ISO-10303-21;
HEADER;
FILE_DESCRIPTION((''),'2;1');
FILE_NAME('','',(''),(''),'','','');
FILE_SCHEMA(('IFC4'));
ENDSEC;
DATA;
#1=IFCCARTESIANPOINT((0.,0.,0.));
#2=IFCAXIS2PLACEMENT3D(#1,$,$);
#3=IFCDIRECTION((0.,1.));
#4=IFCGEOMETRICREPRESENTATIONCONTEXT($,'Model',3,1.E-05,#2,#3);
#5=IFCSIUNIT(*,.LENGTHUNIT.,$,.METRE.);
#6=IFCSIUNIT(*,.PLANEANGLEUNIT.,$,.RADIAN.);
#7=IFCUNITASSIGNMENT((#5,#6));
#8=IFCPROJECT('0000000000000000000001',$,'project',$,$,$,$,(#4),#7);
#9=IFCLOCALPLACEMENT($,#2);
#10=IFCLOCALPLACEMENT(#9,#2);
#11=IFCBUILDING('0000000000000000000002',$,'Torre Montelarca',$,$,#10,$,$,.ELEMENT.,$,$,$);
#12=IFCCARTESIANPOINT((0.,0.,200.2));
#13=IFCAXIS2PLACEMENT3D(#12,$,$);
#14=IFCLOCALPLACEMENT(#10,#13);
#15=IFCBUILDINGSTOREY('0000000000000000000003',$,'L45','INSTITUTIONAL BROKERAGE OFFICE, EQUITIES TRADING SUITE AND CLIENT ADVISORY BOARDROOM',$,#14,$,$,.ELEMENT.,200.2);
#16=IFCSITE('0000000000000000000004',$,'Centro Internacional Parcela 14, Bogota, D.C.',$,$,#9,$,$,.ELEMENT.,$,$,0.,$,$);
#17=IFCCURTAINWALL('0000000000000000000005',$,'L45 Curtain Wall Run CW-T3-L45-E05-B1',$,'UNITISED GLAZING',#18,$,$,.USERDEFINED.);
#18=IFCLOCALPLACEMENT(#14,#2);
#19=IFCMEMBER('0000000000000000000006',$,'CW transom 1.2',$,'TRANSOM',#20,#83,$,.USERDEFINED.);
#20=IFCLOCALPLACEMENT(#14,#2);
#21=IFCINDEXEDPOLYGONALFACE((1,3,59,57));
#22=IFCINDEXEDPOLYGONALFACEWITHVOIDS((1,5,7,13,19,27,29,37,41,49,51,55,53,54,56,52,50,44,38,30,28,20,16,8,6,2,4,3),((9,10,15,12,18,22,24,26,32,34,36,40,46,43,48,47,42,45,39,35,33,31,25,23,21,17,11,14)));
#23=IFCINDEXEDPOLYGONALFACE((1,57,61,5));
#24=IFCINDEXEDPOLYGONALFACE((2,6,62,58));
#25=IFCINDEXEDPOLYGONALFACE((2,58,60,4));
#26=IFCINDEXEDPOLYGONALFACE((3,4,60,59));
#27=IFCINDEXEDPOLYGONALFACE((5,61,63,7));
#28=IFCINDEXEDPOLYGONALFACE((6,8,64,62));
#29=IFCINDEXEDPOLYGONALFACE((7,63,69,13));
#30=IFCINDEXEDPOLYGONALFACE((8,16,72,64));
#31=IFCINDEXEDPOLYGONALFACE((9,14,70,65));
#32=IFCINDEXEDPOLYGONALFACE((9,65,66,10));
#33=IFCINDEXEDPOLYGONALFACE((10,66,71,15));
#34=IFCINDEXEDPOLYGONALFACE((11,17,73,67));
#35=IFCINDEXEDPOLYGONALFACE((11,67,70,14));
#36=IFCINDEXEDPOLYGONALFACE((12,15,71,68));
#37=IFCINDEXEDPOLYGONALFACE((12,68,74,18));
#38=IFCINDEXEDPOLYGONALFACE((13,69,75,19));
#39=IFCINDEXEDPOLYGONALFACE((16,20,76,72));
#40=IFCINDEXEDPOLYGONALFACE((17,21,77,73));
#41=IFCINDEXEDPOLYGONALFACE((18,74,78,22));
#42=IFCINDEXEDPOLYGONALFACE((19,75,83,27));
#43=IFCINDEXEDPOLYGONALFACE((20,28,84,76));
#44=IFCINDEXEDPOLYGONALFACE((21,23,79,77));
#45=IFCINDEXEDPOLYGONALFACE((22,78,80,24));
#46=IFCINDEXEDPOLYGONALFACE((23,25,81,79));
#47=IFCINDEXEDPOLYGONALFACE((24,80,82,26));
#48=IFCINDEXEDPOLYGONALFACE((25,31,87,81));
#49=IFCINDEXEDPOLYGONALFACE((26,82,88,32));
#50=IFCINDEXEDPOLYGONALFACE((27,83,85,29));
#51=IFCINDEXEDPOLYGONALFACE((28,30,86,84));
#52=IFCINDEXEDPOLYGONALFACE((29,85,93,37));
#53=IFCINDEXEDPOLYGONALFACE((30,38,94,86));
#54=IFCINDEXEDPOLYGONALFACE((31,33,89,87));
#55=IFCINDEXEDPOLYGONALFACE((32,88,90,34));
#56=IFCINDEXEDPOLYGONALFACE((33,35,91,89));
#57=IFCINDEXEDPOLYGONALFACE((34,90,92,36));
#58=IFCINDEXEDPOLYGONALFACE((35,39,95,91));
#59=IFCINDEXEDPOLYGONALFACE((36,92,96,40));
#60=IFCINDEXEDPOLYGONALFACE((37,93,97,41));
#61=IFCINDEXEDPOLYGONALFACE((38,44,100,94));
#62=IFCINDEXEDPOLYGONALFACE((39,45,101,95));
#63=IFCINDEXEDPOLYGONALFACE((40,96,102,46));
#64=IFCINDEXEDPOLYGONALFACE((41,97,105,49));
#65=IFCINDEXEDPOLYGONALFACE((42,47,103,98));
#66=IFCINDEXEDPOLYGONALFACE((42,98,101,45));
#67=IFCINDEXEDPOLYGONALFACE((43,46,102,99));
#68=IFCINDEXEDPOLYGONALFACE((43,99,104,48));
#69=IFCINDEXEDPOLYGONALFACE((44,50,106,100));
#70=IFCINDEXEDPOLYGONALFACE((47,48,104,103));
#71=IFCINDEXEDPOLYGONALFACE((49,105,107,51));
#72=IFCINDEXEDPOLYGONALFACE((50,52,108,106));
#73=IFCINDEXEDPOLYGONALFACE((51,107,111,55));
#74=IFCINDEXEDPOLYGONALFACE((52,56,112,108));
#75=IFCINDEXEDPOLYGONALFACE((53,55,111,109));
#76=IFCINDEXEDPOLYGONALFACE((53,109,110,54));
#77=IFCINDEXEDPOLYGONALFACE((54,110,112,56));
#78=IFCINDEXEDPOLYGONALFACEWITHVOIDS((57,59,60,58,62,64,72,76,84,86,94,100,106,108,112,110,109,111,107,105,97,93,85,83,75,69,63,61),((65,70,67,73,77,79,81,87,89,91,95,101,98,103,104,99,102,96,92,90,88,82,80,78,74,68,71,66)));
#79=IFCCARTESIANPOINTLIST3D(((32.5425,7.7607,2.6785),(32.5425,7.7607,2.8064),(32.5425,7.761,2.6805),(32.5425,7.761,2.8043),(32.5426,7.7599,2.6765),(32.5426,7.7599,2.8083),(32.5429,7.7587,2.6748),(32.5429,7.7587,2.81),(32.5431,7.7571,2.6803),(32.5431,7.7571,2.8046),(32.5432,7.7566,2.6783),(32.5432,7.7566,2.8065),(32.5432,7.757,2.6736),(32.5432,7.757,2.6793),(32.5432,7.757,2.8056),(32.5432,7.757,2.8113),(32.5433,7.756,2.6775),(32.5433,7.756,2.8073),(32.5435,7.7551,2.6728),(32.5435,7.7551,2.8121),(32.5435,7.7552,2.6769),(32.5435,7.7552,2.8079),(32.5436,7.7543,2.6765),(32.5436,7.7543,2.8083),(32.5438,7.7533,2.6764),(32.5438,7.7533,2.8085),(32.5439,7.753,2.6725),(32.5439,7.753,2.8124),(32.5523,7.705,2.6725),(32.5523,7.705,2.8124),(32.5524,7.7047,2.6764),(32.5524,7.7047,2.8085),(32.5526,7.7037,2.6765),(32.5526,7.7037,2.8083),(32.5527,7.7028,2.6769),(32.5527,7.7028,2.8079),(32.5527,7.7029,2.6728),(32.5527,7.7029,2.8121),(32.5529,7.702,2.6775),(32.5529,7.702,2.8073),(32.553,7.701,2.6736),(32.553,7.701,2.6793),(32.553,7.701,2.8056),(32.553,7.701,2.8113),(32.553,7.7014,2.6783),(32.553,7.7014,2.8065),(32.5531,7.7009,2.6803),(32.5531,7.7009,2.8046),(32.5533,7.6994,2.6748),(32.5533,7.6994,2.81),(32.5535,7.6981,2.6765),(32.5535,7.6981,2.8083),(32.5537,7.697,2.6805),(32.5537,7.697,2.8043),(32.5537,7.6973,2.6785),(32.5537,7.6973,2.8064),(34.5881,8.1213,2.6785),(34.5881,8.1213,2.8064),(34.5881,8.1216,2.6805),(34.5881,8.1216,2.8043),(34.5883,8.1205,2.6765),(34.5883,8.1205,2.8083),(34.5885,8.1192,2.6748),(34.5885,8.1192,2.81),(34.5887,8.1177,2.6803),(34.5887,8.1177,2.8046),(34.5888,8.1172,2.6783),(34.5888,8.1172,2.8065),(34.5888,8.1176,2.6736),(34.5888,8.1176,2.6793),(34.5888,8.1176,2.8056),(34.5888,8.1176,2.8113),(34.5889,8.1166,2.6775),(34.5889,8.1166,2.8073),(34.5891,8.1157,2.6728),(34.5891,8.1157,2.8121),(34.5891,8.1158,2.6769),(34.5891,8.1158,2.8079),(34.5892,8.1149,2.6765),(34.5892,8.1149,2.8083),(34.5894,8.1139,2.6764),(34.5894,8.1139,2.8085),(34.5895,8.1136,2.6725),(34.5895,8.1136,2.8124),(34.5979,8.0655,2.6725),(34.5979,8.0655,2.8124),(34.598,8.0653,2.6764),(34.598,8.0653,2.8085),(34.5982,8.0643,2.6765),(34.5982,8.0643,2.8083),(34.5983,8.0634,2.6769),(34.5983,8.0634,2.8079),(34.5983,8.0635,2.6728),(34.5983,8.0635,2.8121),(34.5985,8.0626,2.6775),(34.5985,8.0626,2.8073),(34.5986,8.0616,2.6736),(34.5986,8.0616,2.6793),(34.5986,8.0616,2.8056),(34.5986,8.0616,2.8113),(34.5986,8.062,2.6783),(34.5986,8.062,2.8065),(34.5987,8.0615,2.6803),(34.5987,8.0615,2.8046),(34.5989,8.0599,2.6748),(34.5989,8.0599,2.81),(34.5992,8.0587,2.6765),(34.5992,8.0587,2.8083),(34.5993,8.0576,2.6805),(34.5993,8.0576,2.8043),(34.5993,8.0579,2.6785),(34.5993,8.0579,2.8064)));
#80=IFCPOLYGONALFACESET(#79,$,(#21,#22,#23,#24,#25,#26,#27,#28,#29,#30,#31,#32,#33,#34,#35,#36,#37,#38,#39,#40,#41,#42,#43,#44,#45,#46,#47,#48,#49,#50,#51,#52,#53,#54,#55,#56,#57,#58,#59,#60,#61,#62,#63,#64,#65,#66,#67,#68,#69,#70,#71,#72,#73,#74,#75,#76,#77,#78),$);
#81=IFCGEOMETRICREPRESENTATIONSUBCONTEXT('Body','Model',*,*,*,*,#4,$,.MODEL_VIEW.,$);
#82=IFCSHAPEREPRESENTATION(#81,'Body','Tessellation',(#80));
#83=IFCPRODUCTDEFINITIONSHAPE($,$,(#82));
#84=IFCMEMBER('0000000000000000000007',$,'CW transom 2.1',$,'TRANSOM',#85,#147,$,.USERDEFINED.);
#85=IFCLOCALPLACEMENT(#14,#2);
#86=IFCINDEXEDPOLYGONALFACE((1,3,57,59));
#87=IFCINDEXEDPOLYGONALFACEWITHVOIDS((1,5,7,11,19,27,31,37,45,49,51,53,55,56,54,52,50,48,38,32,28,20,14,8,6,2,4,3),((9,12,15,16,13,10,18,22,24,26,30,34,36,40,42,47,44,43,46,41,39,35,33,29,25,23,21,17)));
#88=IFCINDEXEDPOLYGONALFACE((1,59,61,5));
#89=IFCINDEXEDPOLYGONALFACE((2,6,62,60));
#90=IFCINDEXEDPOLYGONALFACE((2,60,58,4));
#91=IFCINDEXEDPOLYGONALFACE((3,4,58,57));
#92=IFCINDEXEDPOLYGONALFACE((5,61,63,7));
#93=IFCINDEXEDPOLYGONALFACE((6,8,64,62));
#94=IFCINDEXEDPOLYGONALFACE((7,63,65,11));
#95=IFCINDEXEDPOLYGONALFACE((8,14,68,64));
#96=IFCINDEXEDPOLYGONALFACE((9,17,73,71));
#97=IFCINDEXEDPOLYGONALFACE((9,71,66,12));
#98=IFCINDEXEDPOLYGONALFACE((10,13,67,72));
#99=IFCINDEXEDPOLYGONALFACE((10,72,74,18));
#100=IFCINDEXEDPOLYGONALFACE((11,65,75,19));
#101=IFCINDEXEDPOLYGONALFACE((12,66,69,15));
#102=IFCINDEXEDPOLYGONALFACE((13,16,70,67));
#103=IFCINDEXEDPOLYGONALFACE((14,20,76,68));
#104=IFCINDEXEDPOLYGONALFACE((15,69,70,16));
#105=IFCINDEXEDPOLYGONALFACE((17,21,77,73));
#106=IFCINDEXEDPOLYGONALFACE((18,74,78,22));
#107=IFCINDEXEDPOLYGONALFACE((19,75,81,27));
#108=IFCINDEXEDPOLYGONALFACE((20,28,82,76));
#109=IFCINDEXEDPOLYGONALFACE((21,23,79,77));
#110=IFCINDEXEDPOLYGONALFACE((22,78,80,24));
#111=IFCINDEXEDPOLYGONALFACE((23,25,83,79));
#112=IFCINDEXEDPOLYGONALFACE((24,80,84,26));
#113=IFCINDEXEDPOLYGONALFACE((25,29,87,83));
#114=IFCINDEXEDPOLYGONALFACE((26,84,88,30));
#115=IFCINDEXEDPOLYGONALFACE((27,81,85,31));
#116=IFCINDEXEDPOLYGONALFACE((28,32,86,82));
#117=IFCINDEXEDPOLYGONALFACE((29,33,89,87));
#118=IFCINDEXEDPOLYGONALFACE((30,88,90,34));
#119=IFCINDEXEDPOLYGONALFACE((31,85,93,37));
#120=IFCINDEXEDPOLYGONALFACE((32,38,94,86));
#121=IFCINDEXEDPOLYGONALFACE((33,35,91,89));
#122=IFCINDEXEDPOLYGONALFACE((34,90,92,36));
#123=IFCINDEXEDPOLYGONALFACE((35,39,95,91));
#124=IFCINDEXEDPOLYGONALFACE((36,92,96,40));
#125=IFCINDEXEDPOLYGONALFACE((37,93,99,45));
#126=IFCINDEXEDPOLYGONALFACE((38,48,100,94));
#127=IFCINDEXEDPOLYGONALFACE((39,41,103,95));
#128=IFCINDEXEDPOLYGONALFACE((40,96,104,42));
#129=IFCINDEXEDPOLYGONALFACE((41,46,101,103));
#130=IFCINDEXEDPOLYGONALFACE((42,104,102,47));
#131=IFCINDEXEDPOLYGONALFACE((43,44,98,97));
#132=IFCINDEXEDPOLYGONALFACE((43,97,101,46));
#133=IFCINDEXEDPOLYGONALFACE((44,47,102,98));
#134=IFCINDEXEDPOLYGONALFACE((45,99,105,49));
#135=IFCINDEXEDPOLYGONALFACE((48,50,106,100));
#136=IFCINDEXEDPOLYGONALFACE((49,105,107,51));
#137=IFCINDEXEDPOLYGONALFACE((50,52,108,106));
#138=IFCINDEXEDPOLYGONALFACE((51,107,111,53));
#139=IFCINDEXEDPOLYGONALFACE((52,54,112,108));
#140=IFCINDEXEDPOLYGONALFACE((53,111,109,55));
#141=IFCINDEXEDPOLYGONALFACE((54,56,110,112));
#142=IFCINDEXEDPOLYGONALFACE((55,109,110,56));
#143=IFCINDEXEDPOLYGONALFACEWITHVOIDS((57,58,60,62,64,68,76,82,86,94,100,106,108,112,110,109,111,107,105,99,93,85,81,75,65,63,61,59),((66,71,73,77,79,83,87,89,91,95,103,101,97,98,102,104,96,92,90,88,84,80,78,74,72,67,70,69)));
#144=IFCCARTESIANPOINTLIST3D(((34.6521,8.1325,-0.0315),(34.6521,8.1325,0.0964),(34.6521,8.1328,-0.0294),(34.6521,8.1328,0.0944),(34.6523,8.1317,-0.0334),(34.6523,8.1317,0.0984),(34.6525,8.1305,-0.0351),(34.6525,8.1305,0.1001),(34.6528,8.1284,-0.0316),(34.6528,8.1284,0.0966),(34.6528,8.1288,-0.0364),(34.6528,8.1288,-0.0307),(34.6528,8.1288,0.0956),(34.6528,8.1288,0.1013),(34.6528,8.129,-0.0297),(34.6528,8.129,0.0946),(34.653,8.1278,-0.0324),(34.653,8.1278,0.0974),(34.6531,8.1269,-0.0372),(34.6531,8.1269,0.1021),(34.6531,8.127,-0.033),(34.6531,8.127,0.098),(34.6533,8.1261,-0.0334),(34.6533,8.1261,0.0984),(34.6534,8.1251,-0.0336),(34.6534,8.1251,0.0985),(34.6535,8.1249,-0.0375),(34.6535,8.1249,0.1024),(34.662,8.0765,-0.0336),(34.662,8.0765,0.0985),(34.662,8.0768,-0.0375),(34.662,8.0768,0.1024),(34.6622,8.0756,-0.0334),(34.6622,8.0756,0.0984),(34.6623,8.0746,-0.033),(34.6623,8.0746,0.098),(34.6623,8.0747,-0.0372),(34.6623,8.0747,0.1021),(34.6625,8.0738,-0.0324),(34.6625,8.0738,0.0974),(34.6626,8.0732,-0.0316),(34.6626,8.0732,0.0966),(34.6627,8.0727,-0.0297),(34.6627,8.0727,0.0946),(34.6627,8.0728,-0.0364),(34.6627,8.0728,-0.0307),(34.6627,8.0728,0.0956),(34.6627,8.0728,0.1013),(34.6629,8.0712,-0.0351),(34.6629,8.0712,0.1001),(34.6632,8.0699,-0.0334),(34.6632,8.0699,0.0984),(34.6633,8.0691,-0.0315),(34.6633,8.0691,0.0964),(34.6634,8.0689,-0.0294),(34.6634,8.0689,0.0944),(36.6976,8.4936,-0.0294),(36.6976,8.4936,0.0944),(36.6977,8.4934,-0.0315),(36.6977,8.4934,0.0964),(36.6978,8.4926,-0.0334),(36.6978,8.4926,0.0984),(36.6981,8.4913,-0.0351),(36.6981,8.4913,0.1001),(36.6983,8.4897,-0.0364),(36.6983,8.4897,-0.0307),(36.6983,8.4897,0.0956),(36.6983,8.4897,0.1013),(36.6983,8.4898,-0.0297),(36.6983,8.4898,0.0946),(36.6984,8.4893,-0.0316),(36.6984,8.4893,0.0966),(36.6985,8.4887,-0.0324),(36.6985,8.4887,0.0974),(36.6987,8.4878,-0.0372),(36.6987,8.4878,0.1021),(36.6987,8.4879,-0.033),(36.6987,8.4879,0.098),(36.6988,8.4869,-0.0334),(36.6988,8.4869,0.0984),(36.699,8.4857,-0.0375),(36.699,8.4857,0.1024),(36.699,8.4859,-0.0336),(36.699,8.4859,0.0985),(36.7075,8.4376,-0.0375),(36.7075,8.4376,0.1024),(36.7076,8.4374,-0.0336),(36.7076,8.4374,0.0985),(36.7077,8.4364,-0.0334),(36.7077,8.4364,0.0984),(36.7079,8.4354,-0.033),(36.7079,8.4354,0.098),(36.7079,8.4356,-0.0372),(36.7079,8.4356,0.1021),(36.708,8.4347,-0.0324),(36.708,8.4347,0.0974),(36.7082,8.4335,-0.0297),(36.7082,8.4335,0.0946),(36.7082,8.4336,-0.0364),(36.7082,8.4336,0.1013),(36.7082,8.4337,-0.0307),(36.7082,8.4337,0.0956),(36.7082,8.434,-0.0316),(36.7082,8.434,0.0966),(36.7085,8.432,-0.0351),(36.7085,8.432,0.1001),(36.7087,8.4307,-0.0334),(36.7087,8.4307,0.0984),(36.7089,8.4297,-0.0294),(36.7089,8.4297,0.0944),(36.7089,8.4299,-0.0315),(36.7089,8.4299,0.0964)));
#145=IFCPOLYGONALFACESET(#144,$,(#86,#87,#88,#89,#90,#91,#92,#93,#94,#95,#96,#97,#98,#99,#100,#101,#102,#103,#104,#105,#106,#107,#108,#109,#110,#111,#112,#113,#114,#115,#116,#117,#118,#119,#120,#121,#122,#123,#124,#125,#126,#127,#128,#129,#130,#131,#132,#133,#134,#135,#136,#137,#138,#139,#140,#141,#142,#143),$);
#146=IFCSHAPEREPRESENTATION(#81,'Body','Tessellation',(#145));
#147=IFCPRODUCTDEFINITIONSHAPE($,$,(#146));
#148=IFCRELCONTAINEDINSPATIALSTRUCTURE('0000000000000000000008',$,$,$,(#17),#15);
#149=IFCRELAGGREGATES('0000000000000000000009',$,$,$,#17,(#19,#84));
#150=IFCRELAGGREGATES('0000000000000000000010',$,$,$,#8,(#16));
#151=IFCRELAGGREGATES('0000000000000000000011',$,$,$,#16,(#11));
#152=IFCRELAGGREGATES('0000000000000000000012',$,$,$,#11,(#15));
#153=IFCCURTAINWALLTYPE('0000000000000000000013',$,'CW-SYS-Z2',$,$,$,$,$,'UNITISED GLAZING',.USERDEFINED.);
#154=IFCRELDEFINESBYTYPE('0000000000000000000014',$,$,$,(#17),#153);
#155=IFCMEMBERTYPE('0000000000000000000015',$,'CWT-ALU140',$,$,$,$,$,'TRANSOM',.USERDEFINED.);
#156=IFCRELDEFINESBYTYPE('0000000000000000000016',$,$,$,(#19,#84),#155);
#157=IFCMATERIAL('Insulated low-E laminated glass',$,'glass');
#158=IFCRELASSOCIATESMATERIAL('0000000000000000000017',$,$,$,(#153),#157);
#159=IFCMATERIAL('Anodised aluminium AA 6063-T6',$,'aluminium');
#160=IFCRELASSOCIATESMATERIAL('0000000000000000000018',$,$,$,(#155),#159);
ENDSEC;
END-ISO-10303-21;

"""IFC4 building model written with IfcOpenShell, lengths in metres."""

from ifc_helpers import new_model, si_unit, direction, frame, origin, origin_2d, place, context, subcontext, project, spatial, hollow_rectangle, extrude, source, transform, mapped, material, material_profile, profile_set, type_object, element, aggregate, save


model = new_model("IFC4")

# Units and contexts
model_context = context("Model", 3, precision=1e-05, world=origin(), true_north=direction((0.0, 1.0)))
body_context = subcontext(model_context, "Body", "Model", "MODEL_VIEW")
ifc_project = project(units=[si_unit("LENGTHUNIT", "METRE"), si_unit("PLANEANGLEUNIT", "RADIAN")], contexts=[model_context])

# Site, building, storey
site_placement = place(None, origin())
site = spatial("IfcSite", under=ifc_project, at=site_placement, Name="Centro Internacional Parcela 14, Bogota, D.C.", CompositionType="ELEMENT", RefElevation=0.0)
building_placement = place(site_placement, origin())
building = spatial("IfcBuilding", under=site, at=building_placement, Name="Torre Montelarca", CompositionType="ELEMENT")
storey_placement = place(building_placement, frame((0.0, 0.0, 200.2)))
storey = spatial("IfcBuildingStorey", under=building, at=storey_placement, Name="L45", Description="INSTITUTIONAL BROKERAGE OFFICE, EQUITIES TRADING SUITE AND CLIENT ADVISORY BOARDROOM", CompositionType="ELEMENT", Elevation=200.2)

# Curtain wall
ifc_material_1 = material(Name="Insulated low-E laminated glass", Category="glass")
curtain_wall_type = type_object("IfcCurtainWallType", Name="CW-SYS-Z2", ElementType="UNITISED GLAZING", PredefinedType="USERDEFINED", material=ifc_material_1)
curtain_wall_1_placement = place(storey_placement, origin())
curtain_wall_1 = element("IfcCurtainWall", 1, at=curtain_wall_1_placement, inside=storey, type_object=curtain_wall_type, Name="L45 Curtain Wall Run CW-T3-L45-E05-B1", ObjectType="UNITISED GLAZING", PredefinedType="USERDEFINED")
ifc_material_2 = material(Name="Anodised aluminium AA 6063-T6", Category="aluminium")
ifc_material_profile_1 = material_profile(ifc_material_2, hollow_rectangle(XDim=0.0649, YDim=0.1399, WallThickness=0.0039, InnerFilletRadius=0.0039, OuterFilletRadius=0.0081, at=origin_2d()), Name="ALU65X140X4", Category="aluminium")
ifc_profile_set_1 = profile_set([ifc_material_profile_1], Name="Anodised aluminium AA 6063-T6")
member_type_1 = type_object("IfcMemberType", Name="CWT-ALU140", ElementType="TRANSOM", PredefinedType="USERDEFINED", material=ifc_profile_set_1)

# Members
shared_shape_1 = source(origin(), body_context, "Body", "SweptSolid", [
    extrude(hollow_rectangle(XDim=0.0649, YDim=0.1399, WallThickness=0.0039, InnerFilletRadius=0.0039, OuterFilletRadius=0.0081, at=origin_2d()), origin(), (0.0, 0.0, 1.0), 2.0771),
])
member_1_placement = place(storey_placement, frame((32.5481, 7.729, 2.7424), z_axis=(0.984817, 0.173598, 0.0), x_axis=(-0.173598, 0.984817, 0.0)))
member_1 = element("IfcMember", 2, at=member_1_placement, type_object=member_type_1, Name="CW transom 1.2", ObjectType="TRANSOM", PredefinedType="USERDEFINED", context=body_context, shape_type="MappedRepresentation", body=[
    mapped(shared_shape_1, transform((0.0, 0.0, 0.0), scale=1.0)),
])
member_2_placement = place(storey_placement, frame((34.6577, 8.1008, 0.0325), z_axis=(0.984797, 0.173712, 0.0), x_axis=(-0.173712, 0.984797, 0.0)))
member_2 = element("IfcMember", 3, at=member_2_placement, type_object=member_type_1, Name="CW transom 2.1", ObjectType="TRANSOM", PredefinedType="USERDEFINED", context=body_context, shape_type="MappedRepresentation", body=[
    mapped(shared_shape_1, transform((0.0, 0.0, 0.0), scale=1.0)),
])

aggregate(curtain_wall_1, [member_1, member_2])

save(model, "model.ifc")
